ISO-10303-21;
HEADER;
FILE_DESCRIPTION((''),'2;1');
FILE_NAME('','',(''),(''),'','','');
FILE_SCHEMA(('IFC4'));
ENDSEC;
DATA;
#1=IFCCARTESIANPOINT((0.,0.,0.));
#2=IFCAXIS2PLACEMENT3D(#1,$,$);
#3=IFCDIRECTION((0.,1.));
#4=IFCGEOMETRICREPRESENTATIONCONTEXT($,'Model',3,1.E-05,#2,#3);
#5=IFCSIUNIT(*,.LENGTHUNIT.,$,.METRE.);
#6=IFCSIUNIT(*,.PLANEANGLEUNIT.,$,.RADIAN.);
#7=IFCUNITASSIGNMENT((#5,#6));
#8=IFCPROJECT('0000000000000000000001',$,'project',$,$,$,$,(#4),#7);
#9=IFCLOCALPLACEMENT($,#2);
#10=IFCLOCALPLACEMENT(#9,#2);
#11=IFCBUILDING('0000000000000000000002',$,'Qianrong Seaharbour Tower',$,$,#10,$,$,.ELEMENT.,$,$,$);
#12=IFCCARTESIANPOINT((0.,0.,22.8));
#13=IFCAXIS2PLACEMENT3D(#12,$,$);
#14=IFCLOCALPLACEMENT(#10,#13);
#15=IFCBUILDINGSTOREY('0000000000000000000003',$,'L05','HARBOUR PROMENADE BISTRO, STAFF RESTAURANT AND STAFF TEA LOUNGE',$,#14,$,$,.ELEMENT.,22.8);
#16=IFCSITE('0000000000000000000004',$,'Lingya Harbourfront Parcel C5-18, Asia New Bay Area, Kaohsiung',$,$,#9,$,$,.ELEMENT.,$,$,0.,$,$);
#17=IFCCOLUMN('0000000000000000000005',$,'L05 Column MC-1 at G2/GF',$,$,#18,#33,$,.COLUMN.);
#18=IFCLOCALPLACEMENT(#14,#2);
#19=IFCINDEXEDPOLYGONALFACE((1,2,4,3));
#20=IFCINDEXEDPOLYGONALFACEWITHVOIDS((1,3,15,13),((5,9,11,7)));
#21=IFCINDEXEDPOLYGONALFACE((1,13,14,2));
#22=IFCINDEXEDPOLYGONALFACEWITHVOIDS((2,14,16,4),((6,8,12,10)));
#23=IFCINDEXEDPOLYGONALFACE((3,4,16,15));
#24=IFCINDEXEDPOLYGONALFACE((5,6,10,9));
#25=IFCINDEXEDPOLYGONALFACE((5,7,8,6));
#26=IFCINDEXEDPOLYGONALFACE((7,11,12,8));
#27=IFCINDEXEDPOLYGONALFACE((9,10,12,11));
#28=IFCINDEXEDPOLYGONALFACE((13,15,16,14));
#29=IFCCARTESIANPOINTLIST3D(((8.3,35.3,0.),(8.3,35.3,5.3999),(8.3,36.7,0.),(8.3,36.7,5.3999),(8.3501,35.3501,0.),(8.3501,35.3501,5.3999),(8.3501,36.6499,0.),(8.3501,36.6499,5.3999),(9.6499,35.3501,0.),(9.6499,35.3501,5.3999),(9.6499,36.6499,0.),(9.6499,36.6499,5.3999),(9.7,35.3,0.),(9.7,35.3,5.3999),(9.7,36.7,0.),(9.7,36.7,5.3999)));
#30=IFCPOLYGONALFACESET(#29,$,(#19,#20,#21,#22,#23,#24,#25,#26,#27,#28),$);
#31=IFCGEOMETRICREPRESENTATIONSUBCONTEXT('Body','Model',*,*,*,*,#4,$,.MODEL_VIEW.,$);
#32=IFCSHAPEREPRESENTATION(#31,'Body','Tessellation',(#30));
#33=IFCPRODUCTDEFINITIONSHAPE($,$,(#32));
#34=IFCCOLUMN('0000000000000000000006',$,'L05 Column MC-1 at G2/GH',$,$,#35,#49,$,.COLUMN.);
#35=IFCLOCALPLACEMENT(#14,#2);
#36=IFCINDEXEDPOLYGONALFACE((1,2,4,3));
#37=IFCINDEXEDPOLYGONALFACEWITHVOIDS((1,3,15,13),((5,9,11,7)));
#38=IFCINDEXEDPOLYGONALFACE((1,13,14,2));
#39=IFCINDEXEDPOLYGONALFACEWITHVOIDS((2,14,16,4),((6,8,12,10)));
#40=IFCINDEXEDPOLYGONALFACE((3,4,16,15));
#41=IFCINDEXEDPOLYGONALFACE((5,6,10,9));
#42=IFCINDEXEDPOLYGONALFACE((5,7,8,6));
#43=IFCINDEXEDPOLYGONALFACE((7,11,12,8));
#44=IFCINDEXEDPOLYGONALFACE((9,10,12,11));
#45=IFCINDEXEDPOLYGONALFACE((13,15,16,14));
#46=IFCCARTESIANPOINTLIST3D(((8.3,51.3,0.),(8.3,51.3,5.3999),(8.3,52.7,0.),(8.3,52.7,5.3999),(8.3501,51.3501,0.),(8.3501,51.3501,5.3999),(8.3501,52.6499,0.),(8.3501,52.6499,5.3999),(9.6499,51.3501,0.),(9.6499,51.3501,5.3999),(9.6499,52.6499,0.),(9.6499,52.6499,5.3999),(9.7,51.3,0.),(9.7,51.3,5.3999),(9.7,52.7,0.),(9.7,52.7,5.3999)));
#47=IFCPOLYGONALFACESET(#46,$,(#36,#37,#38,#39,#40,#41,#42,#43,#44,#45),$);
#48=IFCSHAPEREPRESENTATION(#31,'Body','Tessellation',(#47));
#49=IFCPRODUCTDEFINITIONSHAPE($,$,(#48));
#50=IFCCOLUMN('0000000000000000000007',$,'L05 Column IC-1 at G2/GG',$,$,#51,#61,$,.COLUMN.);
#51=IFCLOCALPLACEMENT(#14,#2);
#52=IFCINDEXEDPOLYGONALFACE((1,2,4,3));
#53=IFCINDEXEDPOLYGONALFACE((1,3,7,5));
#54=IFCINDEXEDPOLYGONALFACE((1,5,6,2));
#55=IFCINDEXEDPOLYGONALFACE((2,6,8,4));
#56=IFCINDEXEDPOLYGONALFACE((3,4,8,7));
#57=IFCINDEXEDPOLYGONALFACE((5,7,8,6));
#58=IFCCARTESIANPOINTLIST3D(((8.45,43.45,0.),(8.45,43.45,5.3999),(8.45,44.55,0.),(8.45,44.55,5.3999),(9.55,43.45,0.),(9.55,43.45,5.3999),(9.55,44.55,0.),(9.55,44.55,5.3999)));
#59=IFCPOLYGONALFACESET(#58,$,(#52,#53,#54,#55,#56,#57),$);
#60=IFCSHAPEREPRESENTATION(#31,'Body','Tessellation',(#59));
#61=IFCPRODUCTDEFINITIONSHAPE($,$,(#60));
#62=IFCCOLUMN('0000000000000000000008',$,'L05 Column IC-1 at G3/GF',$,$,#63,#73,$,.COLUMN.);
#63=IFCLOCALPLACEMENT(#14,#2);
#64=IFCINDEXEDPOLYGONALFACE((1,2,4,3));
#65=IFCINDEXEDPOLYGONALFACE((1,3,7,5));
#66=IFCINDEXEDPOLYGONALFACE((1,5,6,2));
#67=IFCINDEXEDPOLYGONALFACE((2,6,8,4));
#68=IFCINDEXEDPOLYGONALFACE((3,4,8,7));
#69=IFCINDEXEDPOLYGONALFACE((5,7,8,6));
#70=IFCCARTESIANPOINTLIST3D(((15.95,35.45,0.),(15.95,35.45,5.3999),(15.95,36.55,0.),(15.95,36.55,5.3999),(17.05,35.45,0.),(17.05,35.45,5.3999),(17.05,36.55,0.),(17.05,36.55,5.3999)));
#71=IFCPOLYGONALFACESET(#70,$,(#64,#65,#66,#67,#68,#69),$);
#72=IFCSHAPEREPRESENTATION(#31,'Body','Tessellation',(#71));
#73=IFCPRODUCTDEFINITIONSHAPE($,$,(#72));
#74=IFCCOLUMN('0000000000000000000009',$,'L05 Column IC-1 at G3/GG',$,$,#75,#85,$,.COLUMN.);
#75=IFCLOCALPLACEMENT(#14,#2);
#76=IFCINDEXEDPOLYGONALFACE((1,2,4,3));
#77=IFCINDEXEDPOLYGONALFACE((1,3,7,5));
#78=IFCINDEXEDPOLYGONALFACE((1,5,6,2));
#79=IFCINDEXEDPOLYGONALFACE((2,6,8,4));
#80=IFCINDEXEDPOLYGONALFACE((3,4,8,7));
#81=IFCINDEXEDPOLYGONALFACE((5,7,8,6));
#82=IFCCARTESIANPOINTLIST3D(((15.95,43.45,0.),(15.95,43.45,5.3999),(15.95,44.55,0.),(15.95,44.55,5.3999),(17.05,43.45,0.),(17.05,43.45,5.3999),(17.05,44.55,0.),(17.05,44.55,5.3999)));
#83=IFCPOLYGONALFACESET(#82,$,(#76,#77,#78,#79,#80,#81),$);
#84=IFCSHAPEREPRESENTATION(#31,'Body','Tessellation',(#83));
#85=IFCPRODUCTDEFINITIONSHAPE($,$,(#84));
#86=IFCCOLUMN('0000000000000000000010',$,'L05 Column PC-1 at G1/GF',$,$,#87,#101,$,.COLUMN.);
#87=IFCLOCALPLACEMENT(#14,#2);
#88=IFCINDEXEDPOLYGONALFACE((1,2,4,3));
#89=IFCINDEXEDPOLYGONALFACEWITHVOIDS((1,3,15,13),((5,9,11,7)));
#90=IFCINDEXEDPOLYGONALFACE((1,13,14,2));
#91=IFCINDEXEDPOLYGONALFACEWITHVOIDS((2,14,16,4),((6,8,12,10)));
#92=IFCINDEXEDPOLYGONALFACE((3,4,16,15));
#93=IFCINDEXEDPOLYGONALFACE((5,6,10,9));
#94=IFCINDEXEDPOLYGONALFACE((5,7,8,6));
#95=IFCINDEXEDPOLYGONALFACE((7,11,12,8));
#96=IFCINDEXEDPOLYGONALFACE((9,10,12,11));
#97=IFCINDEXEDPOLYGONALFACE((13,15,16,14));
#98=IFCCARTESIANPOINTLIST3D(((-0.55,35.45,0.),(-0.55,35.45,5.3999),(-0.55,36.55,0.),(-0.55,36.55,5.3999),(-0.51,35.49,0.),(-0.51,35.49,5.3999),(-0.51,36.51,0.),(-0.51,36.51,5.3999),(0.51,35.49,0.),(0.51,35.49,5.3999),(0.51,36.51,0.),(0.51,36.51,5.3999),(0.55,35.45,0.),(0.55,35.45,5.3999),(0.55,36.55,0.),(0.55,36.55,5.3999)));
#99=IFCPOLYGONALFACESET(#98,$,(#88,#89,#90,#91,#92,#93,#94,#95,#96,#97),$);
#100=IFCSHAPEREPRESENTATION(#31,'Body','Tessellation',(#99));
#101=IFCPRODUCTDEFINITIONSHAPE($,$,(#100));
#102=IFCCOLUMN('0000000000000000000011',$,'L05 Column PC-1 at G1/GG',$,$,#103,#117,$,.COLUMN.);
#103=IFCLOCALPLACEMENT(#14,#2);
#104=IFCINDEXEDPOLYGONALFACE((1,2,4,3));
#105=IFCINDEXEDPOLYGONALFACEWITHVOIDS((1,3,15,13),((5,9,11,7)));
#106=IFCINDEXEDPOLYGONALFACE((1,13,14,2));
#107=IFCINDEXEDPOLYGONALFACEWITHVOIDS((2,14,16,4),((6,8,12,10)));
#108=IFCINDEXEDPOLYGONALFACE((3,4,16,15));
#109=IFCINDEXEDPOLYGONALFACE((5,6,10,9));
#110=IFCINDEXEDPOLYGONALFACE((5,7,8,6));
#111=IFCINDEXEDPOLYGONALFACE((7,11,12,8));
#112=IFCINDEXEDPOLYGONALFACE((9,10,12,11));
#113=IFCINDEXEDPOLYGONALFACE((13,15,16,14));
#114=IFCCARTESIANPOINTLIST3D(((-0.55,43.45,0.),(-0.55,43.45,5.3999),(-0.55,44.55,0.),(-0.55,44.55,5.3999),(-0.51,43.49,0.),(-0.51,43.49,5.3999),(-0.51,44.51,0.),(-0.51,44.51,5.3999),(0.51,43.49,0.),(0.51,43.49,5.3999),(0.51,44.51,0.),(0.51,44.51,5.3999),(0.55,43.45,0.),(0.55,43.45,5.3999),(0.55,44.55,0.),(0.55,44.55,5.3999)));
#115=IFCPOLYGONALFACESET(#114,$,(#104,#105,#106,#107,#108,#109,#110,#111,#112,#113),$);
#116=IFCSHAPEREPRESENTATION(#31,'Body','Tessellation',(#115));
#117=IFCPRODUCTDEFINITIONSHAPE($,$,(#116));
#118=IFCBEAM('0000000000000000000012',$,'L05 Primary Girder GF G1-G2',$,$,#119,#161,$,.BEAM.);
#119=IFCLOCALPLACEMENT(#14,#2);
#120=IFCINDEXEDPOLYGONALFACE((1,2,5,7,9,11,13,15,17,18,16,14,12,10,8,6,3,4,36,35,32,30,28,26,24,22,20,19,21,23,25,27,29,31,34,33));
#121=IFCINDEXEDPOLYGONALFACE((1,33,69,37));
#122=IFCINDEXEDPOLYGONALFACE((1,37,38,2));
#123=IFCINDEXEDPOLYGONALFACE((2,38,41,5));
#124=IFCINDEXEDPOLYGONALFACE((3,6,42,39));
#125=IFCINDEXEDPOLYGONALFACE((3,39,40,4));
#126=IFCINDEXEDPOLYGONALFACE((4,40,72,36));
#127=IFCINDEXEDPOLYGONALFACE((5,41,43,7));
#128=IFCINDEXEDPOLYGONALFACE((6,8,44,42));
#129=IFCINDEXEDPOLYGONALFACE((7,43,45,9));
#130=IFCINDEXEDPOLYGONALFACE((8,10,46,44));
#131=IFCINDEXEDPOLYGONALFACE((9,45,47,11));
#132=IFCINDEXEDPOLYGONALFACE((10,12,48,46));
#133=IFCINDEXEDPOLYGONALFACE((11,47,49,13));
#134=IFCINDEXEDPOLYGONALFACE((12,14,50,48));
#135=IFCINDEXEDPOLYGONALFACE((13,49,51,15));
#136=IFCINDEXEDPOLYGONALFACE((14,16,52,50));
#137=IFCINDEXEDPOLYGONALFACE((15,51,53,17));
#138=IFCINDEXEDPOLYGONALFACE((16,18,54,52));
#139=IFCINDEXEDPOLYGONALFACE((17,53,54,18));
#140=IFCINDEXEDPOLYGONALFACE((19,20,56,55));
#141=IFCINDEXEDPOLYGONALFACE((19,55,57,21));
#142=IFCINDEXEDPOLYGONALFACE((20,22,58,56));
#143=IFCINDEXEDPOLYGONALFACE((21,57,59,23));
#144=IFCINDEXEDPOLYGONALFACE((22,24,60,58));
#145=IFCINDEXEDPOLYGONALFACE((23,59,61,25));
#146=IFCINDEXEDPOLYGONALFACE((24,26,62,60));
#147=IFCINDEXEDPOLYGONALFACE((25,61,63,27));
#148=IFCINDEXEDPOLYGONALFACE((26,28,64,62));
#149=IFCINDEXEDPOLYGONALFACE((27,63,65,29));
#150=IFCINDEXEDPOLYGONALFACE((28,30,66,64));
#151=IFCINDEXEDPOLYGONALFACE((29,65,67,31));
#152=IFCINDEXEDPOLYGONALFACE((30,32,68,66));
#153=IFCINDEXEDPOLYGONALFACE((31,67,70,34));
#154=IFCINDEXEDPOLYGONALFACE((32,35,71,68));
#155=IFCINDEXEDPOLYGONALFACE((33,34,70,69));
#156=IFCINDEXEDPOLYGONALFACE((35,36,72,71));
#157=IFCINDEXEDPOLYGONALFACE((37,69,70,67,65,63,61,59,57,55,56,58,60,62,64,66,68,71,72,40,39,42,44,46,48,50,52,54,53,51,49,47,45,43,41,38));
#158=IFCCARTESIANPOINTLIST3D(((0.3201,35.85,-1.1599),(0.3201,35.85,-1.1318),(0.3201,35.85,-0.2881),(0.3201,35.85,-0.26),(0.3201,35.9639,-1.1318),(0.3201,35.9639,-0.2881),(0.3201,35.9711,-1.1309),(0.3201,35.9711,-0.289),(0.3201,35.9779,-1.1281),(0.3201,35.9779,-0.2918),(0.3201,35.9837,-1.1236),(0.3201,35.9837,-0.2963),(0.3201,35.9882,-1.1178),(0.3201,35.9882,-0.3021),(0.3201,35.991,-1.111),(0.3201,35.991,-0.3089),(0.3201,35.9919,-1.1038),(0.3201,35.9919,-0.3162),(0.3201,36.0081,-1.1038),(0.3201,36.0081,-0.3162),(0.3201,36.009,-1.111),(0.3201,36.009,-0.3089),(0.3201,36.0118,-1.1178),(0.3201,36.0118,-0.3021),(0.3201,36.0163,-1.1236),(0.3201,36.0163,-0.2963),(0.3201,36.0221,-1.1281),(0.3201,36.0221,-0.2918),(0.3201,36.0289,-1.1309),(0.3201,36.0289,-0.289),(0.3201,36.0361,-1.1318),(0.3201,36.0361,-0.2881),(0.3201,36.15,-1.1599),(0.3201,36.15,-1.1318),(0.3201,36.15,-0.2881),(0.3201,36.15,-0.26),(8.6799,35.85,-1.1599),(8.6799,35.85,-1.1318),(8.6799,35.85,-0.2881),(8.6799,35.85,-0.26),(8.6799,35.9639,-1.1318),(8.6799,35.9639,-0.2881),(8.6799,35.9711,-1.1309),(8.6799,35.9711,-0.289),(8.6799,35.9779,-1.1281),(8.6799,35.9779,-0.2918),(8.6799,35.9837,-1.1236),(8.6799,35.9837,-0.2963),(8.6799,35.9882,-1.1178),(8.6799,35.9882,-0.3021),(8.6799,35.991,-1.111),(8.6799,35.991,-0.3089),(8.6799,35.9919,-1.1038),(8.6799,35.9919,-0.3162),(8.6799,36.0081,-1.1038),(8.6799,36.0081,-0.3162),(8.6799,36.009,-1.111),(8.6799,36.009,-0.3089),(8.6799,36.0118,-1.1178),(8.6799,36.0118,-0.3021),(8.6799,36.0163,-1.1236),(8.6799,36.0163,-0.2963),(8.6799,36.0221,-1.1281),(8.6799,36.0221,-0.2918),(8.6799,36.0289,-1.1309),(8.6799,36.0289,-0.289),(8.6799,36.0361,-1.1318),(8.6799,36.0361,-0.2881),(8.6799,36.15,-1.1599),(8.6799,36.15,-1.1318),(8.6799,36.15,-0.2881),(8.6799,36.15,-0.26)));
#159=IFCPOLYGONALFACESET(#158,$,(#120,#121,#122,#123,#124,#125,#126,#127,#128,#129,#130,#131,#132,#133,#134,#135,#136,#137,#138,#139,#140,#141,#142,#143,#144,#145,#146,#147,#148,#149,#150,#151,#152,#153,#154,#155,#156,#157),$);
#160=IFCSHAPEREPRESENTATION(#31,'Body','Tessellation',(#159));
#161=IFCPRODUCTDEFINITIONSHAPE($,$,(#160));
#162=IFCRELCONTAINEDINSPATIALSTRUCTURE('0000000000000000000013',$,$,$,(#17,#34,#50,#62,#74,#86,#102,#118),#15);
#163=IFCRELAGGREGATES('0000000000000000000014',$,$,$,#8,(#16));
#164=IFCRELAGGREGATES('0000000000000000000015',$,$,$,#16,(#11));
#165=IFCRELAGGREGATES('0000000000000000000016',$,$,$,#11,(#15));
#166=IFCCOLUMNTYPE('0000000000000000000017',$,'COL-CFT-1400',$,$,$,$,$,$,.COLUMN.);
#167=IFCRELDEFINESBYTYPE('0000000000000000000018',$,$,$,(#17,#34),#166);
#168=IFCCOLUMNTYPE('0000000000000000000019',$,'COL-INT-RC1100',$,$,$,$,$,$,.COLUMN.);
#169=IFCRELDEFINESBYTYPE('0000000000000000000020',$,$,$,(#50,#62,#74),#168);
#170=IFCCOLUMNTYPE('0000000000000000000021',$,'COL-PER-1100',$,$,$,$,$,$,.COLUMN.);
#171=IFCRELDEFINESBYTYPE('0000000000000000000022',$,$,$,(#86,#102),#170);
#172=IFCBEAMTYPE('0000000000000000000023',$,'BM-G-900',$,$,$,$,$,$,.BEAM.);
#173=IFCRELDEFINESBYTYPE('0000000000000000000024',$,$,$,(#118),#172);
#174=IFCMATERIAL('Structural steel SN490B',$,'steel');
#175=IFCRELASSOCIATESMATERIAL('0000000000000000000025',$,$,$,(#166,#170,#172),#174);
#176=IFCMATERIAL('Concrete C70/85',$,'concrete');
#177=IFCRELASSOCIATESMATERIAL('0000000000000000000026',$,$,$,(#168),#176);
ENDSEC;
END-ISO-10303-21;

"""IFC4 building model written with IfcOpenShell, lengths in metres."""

from ifc_helpers import new_model, si_unit, direction, frame, origin, origin_2d, place, context, subcontext, project, spatial, rectangle, hollow_rectangle, i_section, extrude, material, material_profile, profile_set, type_object, element, save


model = new_model("IFC4")

# Units and contexts
model_context = context("Model", 3, precision=1e-05, world=origin(), true_north=direction((0.0, 1.0)))
body_context = subcontext(model_context, "Body", "Model", "MODEL_VIEW")
ifc_project = project(units=[si_unit("LENGTHUNIT", "METRE"), si_unit("PLANEANGLEUNIT", "RADIAN")], contexts=[model_context])

# Site, building, storey
site_placement = place(None, origin())
site = spatial("IfcSite", under=ifc_project, at=site_placement, Name="Lingya Harbourfront Parcel C5-18, Asia New Bay Area, Kaohsiung", CompositionType="ELEMENT", RefElevation=0.0)
building_placement = place(site_placement, origin())
building = spatial("IfcBuilding", under=site, at=building_placement, Name="Qianrong Seaharbour Tower", CompositionType="ELEMENT")
storey_placement = place(building_placement, frame((0.0, 0.0, 22.8)))
storey = spatial("IfcBuildingStorey", under=building, at=storey_placement, Name="L05", Description="HARBOUR PROMENADE BISTRO, STAFF RESTAURANT AND STAFF TEA LOUNGE", CompositionType="ELEMENT", Elevation=22.8)

# Columns
ifc_material_1 = material(Name="Structural steel SN490B", Category="steel")
ifc_material_profile_1 = material_profile(ifc_material_1, hollow_rectangle(XDim=1.3999, YDim=1.3999, WallThickness=0.05, at=origin_2d()), Name="BOX1400x1400x50")
ifc_profile_set_1 = profile_set([ifc_material_profile_1], Name="Structural steel SN490B")
column_type_1 = type_object("IfcColumnType", Name="COL-CFT-1400", PredefinedType="COLUMN", material=ifc_profile_set_1)
for number, where, z_axis, x_axis, name in (
    (1, (9.0, 36.0, 0.0), (0.0, 0.0, 1.0), (1.0, 0.0, 0.0), "L05 Column MC-1 at G2/GF"),
    (2, (9.0, 52.0, 0.0), (0.0, 0.0, 1.0), (1.0, 0.0, 0.0), "L05 Column MC-1 at G2/GH"),
):
    element("IfcColumn", number, at=place(storey_placement, frame(where, z_axis=z_axis, x_axis=x_axis)), inside=storey, type_object=column_type_1, Name=name, PredefinedType="COLUMN", context=body_context, shape_type="SweptSolid", body=[
        extrude(hollow_rectangle(XDim=1.3999, YDim=1.3999, WallThickness=0.05, at=origin_2d()), origin(), (0.0, 0.0, 1.0), 5.3999),
    ])
ifc_material_2 = material(Name="Concrete C70/85", Category="concrete")
ifc_material_profile_2 = material_profile(ifc_material_2, rectangle(XDim=1.1001, YDim=1.1001, at=origin_2d()), Name="RC1100x1100")
ifc_profile_set_2 = profile_set([ifc_material_profile_2], Name="Concrete C70/85")
column_type_2 = type_object("IfcColumnType", Name="COL-INT-RC1100", PredefinedType="COLUMN", material=ifc_profile_set_2)
for number, where, z_axis, x_axis, name in (
    (3, (9.0, 44.0, 0.0), (0.0, 0.0, 1.0), (1.0, 0.0, 0.0), "L05 Column IC-1 at G2/GG"),
    (4, (16.5, 36.0, 0.0), (0.0, 0.0, 1.0), (1.0, 0.0, 0.0), "L05 Column IC-1 at G3/GF"),
    (5, (16.5, 44.0, 0.0), (0.0, 0.0, 1.0), (1.0, 0.0, 0.0), "L05 Column IC-1 at G3/GG"),
):
    element("IfcColumn", number, at=place(storey_placement, frame(where, z_axis=z_axis, x_axis=x_axis)), inside=storey, type_object=column_type_2, Name=name, PredefinedType="COLUMN", context=body_context, shape_type="SweptSolid", body=[
        extrude(rectangle(XDim=1.1001, YDim=1.1001, at=origin_2d()), origin(), (0.0, 0.0, 1.0), 5.3999),
    ])
ifc_material_profile_3 = material_profile(ifc_material_1, hollow_rectangle(XDim=1.1001, YDim=1.1001, WallThickness=0.04, at=origin_2d()), Name="BOX1100x1100x40")
ifc_profile_set_3 = profile_set([ifc_material_profile_3], Name="Structural steel SN490B")
column_type_3 = type_object("IfcColumnType", Name="COL-PER-1100", PredefinedType="COLUMN", material=ifc_profile_set_3)
for number, where, z_axis, x_axis, name in (
    (6, (0.0, 36.0, 0.0), (0.0, 0.0, 1.0), (1.0, 0.0, 0.0), "L05 Column PC-1 at G1/GF"),
    (7, (0.0, 44.0, 0.0), (0.0, 0.0, 1.0), (1.0, 0.0, 0.0), "L05 Column PC-1 at G1/GG"),
):
    element("IfcColumn", number, at=place(storey_placement, frame(where, z_axis=z_axis, x_axis=x_axis)), inside=storey, type_object=column_type_3, Name=name, PredefinedType="COLUMN", context=body_context, shape_type="SweptSolid", body=[
        extrude(hollow_rectangle(XDim=1.1001, YDim=1.1001, WallThickness=0.04, at=origin_2d()), origin(), (0.0, 0.0, 1.0), 5.3999),
    ])

# Beam
ifc_material_profile_4 = material_profile(ifc_material_1, i_section(OverallWidth=0.3, OverallDepth=0.8999, WebThickness=0.0161, FlangeThickness=0.0281, FilletRadius=0.0281, at=origin_2d()), Name="H900x300x16x28")
ifc_profile_set_4 = profile_set([ifc_material_profile_4], Name="Structural steel SN490B")
beam_type_1 = type_object("IfcBeamType", Name="BM-G-900", PredefinedType="BEAM", material=ifc_profile_set_4)
beam_1_placement = place(storey_placement, frame((0.3201, 36.0, -0.71), z_axis=(1.0, 0.0, 0.0), x_axis=(0.0, 1.0, 0.0)))
element("IfcBeam", 8, at=beam_1_placement, inside=storey, type_object=beam_type_1, Name="L05 Primary Girder GF G1-G2", PredefinedType="BEAM", context=body_context, shape_type="SweptSolid", body=[
    extrude(i_section(OverallWidth=0.3, OverallDepth=0.8999, WebThickness=0.0161, FlangeThickness=0.0281, FilletRadius=0.0281, at=origin_2d()), origin(), (0.0, 0.0, 1.0), 8.3599),
])

save(model, "model.ifc")
